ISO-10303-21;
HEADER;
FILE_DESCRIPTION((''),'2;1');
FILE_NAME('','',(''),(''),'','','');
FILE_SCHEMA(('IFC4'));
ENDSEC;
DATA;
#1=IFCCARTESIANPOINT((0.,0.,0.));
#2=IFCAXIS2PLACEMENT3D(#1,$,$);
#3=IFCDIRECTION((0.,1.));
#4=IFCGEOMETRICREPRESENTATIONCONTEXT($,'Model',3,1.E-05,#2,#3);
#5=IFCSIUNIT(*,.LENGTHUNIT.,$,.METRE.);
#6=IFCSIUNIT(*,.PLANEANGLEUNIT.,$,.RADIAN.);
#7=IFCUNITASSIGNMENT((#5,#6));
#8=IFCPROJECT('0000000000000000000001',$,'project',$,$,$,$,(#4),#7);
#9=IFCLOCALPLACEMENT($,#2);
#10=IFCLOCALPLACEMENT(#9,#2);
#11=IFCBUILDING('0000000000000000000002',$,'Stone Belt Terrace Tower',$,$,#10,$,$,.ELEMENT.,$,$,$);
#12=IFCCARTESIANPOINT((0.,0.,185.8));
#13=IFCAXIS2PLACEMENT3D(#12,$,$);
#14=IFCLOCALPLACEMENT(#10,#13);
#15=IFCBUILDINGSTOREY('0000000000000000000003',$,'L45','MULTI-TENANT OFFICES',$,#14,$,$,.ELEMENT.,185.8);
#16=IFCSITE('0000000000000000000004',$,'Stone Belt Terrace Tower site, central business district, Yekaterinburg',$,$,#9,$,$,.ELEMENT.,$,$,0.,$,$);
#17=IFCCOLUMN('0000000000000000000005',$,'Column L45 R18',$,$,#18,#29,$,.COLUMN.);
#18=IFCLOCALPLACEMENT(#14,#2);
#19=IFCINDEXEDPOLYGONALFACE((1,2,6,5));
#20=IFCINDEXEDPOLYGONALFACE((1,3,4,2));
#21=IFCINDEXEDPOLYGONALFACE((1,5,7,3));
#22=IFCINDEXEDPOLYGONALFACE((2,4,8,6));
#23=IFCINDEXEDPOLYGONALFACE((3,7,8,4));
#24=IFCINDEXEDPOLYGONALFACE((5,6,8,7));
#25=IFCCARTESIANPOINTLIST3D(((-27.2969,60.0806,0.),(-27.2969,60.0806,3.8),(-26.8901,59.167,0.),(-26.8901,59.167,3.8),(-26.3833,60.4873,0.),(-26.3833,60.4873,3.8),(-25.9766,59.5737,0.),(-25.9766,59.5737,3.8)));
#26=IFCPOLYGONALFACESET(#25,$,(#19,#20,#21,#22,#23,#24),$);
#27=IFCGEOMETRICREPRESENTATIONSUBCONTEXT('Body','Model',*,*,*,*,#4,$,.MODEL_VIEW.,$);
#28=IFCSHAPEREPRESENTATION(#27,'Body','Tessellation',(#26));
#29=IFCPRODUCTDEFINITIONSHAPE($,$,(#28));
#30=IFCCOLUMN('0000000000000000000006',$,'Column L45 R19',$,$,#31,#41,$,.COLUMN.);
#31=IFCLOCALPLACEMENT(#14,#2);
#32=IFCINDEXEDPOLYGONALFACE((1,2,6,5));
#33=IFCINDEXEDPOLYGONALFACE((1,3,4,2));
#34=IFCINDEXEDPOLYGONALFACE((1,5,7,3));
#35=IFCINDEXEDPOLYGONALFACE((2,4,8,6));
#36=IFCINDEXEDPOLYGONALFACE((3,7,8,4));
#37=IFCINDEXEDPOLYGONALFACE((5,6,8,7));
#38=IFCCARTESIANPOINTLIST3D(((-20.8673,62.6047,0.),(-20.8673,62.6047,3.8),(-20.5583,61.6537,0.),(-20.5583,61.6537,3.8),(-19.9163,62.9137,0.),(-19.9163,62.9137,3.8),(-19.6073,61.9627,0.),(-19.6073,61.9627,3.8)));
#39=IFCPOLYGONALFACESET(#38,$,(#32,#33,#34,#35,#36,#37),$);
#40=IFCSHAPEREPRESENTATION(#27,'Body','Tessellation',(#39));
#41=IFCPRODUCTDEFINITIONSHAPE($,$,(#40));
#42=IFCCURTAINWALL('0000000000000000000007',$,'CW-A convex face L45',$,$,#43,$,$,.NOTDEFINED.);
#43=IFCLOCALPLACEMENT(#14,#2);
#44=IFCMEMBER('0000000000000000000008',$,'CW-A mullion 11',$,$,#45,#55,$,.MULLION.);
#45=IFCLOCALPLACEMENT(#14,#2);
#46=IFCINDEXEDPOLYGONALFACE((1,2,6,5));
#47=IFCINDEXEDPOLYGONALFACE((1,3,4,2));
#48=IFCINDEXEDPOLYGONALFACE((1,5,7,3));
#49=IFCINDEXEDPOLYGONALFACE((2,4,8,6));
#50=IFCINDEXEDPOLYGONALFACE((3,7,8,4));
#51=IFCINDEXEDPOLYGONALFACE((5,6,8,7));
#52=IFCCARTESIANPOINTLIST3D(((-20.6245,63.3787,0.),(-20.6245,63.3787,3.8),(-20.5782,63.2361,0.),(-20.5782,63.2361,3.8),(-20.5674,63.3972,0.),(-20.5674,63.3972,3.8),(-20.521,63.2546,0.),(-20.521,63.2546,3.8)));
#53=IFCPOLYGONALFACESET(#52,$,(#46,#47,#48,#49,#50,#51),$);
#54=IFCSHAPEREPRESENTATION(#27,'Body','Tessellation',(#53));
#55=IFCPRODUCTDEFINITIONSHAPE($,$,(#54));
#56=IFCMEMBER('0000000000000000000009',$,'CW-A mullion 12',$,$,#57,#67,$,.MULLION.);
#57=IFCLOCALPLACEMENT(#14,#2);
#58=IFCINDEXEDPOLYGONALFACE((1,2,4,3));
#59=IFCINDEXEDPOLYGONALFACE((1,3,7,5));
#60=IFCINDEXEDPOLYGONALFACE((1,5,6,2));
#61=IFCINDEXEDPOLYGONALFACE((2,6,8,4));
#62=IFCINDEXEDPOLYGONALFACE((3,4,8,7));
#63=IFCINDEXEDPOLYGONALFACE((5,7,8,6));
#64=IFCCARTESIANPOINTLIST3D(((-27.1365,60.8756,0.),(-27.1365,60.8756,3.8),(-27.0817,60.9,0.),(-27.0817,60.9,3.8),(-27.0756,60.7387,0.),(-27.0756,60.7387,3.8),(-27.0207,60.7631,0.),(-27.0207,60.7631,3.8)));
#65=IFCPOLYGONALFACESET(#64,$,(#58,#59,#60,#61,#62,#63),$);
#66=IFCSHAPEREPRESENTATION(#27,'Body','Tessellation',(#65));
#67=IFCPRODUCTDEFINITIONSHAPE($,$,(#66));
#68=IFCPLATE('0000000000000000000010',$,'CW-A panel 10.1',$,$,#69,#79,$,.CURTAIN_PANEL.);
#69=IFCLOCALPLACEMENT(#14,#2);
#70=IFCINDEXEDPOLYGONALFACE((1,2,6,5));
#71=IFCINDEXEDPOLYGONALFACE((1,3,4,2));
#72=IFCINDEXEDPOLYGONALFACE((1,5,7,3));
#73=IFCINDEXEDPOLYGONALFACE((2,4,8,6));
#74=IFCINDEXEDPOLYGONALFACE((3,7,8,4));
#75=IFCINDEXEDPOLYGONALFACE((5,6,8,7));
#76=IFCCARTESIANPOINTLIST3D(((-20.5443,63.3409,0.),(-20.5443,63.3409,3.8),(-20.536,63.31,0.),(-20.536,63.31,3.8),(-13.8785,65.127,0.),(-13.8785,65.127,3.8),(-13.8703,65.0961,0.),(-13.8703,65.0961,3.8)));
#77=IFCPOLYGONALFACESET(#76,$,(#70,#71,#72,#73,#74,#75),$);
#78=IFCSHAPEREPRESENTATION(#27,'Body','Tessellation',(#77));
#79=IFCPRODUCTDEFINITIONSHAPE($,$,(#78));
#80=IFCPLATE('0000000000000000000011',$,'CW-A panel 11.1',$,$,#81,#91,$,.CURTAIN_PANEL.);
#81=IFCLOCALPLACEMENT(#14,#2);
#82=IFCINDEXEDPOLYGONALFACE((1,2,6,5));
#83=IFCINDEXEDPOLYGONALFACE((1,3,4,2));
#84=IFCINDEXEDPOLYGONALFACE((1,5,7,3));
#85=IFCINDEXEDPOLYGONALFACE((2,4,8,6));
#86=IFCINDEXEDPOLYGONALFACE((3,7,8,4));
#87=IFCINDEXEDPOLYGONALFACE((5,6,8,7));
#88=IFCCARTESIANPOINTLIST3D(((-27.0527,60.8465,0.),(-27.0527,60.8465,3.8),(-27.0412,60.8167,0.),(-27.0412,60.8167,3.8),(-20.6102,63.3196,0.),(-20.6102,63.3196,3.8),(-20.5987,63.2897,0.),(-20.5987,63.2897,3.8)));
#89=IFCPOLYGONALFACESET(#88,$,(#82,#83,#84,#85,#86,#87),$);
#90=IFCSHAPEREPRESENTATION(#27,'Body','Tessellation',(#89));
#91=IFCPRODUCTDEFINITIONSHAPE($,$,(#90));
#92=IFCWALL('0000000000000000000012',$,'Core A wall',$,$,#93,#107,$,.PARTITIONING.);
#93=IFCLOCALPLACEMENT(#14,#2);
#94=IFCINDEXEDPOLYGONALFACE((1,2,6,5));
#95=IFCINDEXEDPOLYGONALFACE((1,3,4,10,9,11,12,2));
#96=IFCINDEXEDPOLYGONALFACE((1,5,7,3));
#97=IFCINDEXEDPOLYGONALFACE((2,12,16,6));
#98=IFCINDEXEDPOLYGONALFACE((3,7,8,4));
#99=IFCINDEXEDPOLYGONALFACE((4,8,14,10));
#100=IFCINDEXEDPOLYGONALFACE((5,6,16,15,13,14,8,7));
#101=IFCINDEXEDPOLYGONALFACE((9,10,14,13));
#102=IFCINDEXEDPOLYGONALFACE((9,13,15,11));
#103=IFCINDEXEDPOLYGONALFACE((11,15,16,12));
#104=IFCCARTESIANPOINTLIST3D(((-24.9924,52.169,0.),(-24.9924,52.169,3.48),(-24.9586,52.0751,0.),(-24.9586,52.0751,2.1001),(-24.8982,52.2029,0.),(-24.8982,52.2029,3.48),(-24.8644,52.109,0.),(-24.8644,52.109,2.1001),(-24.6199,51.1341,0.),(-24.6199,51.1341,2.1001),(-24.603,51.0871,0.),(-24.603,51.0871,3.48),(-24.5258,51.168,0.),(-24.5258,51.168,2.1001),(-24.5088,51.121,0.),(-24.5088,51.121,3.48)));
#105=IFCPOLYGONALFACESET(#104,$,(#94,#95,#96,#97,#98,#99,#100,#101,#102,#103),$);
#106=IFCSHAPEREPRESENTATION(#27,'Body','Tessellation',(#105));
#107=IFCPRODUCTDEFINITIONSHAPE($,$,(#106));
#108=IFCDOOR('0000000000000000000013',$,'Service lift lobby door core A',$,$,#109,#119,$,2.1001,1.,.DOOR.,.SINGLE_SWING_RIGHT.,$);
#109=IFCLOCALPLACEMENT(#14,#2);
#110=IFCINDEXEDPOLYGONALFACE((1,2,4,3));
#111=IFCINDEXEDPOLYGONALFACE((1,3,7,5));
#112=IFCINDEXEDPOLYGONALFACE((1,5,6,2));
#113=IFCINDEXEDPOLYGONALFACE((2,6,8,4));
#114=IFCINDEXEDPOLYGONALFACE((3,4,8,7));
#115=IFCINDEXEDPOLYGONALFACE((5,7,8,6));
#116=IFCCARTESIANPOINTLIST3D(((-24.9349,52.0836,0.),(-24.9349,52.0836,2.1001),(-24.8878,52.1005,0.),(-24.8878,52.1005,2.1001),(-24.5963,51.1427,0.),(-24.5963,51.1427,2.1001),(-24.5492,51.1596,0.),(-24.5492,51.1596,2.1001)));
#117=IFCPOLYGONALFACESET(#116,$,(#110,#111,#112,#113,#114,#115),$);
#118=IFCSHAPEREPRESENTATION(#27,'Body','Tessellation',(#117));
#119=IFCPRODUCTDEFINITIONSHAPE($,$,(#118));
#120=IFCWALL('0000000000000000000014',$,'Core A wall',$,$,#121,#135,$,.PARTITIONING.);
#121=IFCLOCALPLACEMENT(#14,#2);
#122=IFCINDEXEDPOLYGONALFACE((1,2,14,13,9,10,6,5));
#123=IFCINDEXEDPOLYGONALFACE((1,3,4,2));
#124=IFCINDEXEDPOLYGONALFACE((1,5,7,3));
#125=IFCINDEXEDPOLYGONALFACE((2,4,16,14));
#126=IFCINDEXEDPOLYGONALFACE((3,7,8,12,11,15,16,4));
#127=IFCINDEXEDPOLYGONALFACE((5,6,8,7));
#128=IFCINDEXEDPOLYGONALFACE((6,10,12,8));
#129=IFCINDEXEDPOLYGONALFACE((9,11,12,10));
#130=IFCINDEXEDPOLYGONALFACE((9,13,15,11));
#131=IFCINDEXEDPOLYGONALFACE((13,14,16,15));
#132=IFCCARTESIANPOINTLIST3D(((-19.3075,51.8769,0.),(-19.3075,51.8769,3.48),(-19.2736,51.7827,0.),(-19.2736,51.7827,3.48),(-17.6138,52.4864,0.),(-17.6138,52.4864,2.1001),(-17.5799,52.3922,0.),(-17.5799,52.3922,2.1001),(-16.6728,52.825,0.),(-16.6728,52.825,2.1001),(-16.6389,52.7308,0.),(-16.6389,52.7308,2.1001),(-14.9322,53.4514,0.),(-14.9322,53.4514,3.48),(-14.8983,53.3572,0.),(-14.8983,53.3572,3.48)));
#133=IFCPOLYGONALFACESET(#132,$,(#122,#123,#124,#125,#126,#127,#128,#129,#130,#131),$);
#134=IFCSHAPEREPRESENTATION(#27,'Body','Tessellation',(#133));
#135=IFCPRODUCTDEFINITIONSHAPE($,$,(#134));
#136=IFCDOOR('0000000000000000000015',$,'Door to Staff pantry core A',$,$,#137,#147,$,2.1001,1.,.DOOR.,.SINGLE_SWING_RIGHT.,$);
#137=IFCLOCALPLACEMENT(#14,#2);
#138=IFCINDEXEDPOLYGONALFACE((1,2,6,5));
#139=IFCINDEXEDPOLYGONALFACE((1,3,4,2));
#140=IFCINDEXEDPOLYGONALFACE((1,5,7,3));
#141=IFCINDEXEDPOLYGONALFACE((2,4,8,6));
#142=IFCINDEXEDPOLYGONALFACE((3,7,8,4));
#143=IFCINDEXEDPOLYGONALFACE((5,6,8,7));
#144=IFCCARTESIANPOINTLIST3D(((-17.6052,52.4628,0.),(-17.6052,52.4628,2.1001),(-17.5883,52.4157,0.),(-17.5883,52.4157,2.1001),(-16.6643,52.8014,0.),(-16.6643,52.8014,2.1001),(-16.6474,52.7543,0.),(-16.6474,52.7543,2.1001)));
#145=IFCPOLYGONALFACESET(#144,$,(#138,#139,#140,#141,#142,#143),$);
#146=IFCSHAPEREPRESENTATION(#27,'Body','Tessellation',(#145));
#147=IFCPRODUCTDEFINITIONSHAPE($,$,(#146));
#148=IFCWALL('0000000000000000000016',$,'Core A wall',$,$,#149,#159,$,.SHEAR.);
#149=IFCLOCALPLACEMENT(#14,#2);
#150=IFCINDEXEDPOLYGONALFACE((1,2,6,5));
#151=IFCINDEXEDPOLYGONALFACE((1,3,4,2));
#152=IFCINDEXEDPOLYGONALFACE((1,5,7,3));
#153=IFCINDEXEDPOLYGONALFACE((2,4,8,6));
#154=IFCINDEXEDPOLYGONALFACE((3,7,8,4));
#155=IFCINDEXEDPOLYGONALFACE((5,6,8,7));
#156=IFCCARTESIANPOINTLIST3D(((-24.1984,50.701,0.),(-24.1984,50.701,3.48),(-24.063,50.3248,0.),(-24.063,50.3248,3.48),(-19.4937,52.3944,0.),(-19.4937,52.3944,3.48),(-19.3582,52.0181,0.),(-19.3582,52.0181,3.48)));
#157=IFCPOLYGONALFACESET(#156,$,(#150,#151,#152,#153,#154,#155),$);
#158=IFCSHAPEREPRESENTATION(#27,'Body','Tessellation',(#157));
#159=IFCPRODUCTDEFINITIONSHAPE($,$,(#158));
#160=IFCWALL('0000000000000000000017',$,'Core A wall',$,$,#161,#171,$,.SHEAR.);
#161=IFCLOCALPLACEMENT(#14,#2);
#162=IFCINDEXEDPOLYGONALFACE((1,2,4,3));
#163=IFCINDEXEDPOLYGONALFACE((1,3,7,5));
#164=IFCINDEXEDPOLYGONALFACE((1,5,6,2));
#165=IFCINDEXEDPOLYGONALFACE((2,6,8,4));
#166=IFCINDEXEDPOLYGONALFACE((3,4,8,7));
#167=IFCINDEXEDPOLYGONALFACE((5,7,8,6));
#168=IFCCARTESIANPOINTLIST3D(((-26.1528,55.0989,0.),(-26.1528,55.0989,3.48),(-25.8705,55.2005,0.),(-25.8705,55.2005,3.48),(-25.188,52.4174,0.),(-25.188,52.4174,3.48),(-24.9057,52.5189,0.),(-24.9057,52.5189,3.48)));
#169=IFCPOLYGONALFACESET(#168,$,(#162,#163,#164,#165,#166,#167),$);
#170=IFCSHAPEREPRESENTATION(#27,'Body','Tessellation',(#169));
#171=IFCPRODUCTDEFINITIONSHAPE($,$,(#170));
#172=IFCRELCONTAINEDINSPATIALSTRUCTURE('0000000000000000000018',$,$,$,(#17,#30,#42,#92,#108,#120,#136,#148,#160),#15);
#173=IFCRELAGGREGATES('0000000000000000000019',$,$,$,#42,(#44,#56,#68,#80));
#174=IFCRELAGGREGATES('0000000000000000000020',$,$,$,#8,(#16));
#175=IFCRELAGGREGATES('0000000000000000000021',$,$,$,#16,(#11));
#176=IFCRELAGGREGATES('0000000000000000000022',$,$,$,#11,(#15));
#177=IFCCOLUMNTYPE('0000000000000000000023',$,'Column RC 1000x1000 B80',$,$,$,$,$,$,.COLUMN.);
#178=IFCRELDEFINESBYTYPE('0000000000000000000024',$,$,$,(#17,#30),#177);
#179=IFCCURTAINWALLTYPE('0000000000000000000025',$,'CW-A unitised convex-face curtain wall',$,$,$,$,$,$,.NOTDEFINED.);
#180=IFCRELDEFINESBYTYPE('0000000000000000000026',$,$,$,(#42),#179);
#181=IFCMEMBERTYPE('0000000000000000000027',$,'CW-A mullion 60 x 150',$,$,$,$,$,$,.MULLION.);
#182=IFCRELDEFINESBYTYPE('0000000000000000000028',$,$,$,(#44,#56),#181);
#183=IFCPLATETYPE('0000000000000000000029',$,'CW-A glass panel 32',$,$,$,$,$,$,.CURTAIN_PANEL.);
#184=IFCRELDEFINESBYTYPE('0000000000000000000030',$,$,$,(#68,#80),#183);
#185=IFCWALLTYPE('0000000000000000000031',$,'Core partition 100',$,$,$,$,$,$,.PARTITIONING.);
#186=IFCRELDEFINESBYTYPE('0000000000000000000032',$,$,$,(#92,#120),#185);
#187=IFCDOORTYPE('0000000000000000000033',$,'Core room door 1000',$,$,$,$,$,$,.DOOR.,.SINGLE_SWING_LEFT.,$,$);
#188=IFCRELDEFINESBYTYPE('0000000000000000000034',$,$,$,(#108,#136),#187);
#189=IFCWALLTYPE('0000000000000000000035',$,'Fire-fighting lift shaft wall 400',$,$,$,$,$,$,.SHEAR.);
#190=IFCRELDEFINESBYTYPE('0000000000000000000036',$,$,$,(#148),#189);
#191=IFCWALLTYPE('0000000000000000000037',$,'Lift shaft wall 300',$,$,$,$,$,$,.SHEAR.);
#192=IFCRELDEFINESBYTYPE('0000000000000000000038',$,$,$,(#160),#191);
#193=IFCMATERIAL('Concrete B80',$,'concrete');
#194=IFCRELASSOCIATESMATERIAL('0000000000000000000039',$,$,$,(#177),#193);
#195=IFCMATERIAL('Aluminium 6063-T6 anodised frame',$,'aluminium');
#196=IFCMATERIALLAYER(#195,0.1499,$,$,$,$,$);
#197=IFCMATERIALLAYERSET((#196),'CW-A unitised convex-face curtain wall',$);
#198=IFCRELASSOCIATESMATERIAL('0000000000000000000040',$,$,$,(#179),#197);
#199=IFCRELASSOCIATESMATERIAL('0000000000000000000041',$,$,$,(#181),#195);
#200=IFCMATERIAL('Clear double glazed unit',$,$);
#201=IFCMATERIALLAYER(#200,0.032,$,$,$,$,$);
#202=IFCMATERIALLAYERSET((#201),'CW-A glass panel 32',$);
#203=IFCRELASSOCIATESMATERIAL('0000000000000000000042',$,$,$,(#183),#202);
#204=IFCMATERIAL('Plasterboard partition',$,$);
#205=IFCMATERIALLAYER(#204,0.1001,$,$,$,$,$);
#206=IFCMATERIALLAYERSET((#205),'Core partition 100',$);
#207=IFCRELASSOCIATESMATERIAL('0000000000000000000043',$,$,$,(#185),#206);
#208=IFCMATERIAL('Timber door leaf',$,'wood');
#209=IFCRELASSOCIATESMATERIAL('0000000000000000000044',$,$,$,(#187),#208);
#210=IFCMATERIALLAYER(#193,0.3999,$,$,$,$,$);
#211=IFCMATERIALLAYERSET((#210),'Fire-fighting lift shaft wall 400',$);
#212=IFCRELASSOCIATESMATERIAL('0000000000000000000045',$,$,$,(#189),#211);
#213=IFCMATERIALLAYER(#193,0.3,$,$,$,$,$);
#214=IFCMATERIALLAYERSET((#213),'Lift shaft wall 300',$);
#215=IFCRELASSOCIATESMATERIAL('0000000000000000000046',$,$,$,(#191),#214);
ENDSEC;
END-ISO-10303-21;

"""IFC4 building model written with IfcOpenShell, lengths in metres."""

from ifc_helpers import new_model, si_unit, direction, frame, frame_2d, origin, origin_2d, place, context, subcontext, project, spatial, rectangle, extrude, material, layer, layer_set, material_profile, profile_set, type_object, element, fill, aggregate, save


model = new_model("IFC4")

# Units and contexts
model_context = context("Model", 3, precision=1e-05, world=origin(), true_north=direction((0.0, 1.0)))
body_context = subcontext(model_context, "Body", "Model", "MODEL_VIEW")
ifc_project = project(units=[si_unit("LENGTHUNIT", "METRE"), si_unit("PLANEANGLEUNIT", "RADIAN")], contexts=[model_context])

# Site, building, storey
site_placement = place(None, origin())
site = spatial("IfcSite", under=ifc_project, at=site_placement, Name="Stone Belt Terrace Tower site, central business district, Yekaterinburg", CompositionType="ELEMENT", RefElevation=0.0)
building_placement = place(site_placement, origin())
building = spatial("IfcBuilding", under=site, at=building_placement, Name="Stone Belt Terrace Tower", CompositionType="ELEMENT")
storey_placement = place(building_placement, frame((0.0, 0.0, 185.8)))
storey = spatial("IfcBuildingStorey", under=building, at=storey_placement, Name="L45", Description="MULTI-TENANT OFFICES", CompositionType="ELEMENT", Elevation=185.8)

# Columns
ifc_material_1 = material(Name="Concrete B80", Category="concrete")
ifc_material_profile_1 = material_profile(ifc_material_1, rectangle(XDim=1.0, YDim=1.0, at=origin_2d()), Name="RC 1000x1000")
ifc_profile_set_1 = profile_set([ifc_material_profile_1], Name="Concrete B80")
column_type = type_object("IfcColumnType", Name="Column RC 1000x1000 B80", PredefinedType="COLUMN", material=ifc_profile_set_1)
for number, where, z_axis, x_axis, name in (
    (1, (-26.6367, 59.8271, 0.0), (0.0, 0.0, 1.0), (0.913545, 0.406737, 0.0), "Column L45 R18"),
    (2, (-20.2373, 62.2837, 0.0), (0.0, 0.0, 1.0), (0.951057, 0.309017, 0.0), "Column L45 R19"),
):
    element("IfcColumn", number, at=place(storey_placement, frame(where, z_axis=z_axis, x_axis=x_axis)), inside=storey, type_object=column_type, Name=name, PredefinedType="COLUMN", context=body_context, shape_type="SweptSolid", body=[
        extrude(rectangle(XDim=1.0, YDim=1.0, at=origin_2d()), origin(), (0.0, 0.0, 1.0), 3.8),
    ])

# Curtain wall, members, plates
ifc_material_2 = material(Name="Aluminium 6063-T6 anodised frame", Category="aluminium")
ifc_layer_1 = layer(ifc_material_2, 0.1499)
ifc_layer_set_1 = layer_set([ifc_layer_1], Name="CW-A unitised convex-face curtain wall")
curtain_wall_type = type_object("IfcCurtainWallType", Name="CW-A unitised convex-face curtain wall", PredefinedType="NOTDEFINED", material=ifc_layer_set_1)
curtain_wall_placement = place(storey_placement, origin())
curtain_wall = element("IfcCurtainWall", 3, at=curtain_wall_placement, inside=storey, type_object=curtain_wall_type, Name="CW-A convex face L45", PredefinedType="NOTDEFINED")
ifc_material_profile_2 = material_profile(ifc_material_2, rectangle(XDim=0.1499, YDim=0.0601, at=origin_2d()), Name="Aluminium 6063-T6 60x150")
ifc_profile_set_2 = profile_set([ifc_material_profile_2], Name="Aluminium 6063-T6 anodised frame")
member_type = type_object("IfcMemberType", Name="CW-A mullion 60 x 150", PredefinedType="MULLION", material=ifc_profile_set_2)
member_1_placement = place(storey_placement, frame((-20.5728, 63.3167, 0.0), z_axis=(0.0, 0.0, 1.0), x_axis=(0.309017, -0.951057, 0.0)))
member_1 = element("IfcMember", 4, at=member_1_placement, type_object=member_type, Name="CW-A mullion 11", PredefinedType="MULLION", context=body_context, shape_type="SweptSolid", body=[
    extrude(rectangle(XDim=0.1499, YDim=0.0601, at=origin_2d()), origin(), (0.0, 0.0, 1.0), 3.8),
])
member_2_placement = place(storey_placement, frame((-27.0786, 60.8193, 0.0), z_axis=(0.0, 0.0, 1.0), x_axis=(0.406737, -0.913545, 0.0)))
member_2 = element("IfcMember", 5, at=member_2_placement, type_object=member_type, Name="CW-A mullion 12", PredefinedType="MULLION", context=body_context, shape_type="SweptSolid", body=[
    extrude(rectangle(XDim=0.1499, YDim=0.0601, at=origin_2d()), origin(), (0.0, 0.0, 1.0), 3.8),
])
ifc_material_3 = material(Name="Clear double glazed unit")
ifc_layer_2 = layer(ifc_material_3, 0.032)
ifc_layer_set_2 = layer_set([ifc_layer_2], Name="CW-A glass panel 32")
plate_type = type_object("IfcPlateType", Name="CW-A glass panel 32", PredefinedType="CURTAIN_PANEL", material=ifc_layer_set_2)
plate_1_placement = place(storey_placement, frame((-17.2073, 64.2185, 0.0), z_axis=(0.0, 0.0, 1.0), x_axis=(-0.965926, -0.258819, 0.0)))
plate_1 = element("IfcPlate", 6, at=plate_1_placement, type_object=plate_type, Name="CW-A panel 10.1", PredefinedType="CURTAIN_PANEL", context=body_context, shape_type="SweptSolid", body=[
    extrude(rectangle(XDim=6.9009, YDim=0.032, at=origin_2d()), origin(), (0.0, 0.0, 1.0), 3.8),
])
plate_2_placement = place(storey_placement, frame((-23.8257, 62.0681, 0.0), z_axis=(0.0, 0.0, 1.0), x_axis=(-0.93358, -0.358368, 0.0)))
plate_2 = element("IfcPlate", 7, at=plate_2_placement, type_object=plate_type, Name="CW-A panel 11.1", PredefinedType="CURTAIN_PANEL", context=body_context, shape_type="SweptSolid", body=[
    extrude(rectangle(XDim=6.9009, YDim=0.032, at=origin_2d()), origin(), (0.0, 0.0, 1.0), 3.8),
])
aggregate(curtain_wall, [member_1, member_2, plate_1, plate_2])

# Walls, openings, doors
ifc_material_4 = material(Name="Plasterboard partition")
ifc_layer_3 = layer(ifc_material_4, 0.1001)
ifc_layer_set_3 = layer_set([ifc_layer_3], Name="Core partition 100")
wall_type_1 = type_object("IfcWallType", Name="Core partition 100", PredefinedType="PARTITIONING", material=ifc_layer_set_3)
wall_1_placement = place(storey_placement, frame((-24.5559, 51.104, 0.0), z_axis=(0.0, 0.0, 1.0), x_axis=(-0.338622, 0.940923, 0.0)))
wall_1 = element("IfcWall", 8, at=wall_1_placement, inside=storey, type_object=wall_type_1, Name="Core A wall", PredefinedType="PARTITIONING", context=body_context, shape_type="SweptSolid", body=[
    extrude(rectangle(XDim=1.1499, YDim=0.1001, at=frame_2d((0.575, 0.0))), origin(), (0.0, 0.0, 1.0), 3.48),
])
opening_1_placement = place(wall_1_placement, frame((0.05, 0.0, 0.0)))
opening_1 = element("IfcOpeningElement", 9, at=opening_1_placement, cuts=wall_1, PredefinedType="OPENING", context=body_context, shape_type="SweptSolid", body=[
    extrude(rectangle(XDim=1.0, YDim=2.1001, at=frame_2d((0.5, 1.05))), frame((0.0, 0.0601, 0.0), z_axis=(0.0, -1.0, 0.0), x_axis=(1.0, 0.0, 0.0)), (0.0, 0.0, 1.0), 0.1201),
])
ifc_material_5 = material(Name="Timber door leaf", Category="wood")
door_type_1 = type_object("IfcDoorType", Name="Core room door 1000", OperationType="SINGLE_SWING_LEFT", PredefinedType="DOOR", material=ifc_material_5)
door_1_placement = place(opening_1_placement, origin())
door_1 = element("IfcDoor", 10, at=door_1_placement, inside=storey, type_object=door_type_1, Name="Service lift lobby door core A", OperationType="SINGLE_SWING_RIGHT", OverallHeight=2.1001, OverallWidth=1.0, PredefinedType="DOOR", context=body_context, shape_type="SweptSolid", body=[
    extrude(rectangle(XDim=1.0, YDim=2.1001, at=frame_2d((0.5, 1.05))), frame((0.0, 0.0249, 0.0), z_axis=(0.0, -1.0, 0.0), x_axis=(1.0, 0.0, 0.0)), (0.0, 0.0, 1.0), 0.05),
])
fill(opening_1, door_1)
wall_2_placement = place(storey_placement, frame((-19.2905, 51.8298, 0.0), z_axis=(0.0, 0.0, 1.0), x_axis=(0.94093, 0.3386, 0.0)))
wall_2 = element("IfcWall", 11, at=wall_2_placement, inside=storey, type_object=wall_type_1, Name="Core A wall", PredefinedType="PARTITIONING", context=body_context, shape_type="SweptSolid", body=[
    extrude(rectangle(XDim=4.6499, YDim=0.1001, at=frame_2d((2.325, 0.0))), origin(), (0.0, 0.0, 1.0), 3.48),
])
opening_2_placement = place(wall_2_placement, frame((1.8, 0.0, 0.0)))
opening_2 = element("IfcOpeningElement", 12, at=opening_2_placement, cuts=wall_2, PredefinedType="OPENING", context=body_context, shape_type="SweptSolid", body=[
    extrude(rectangle(XDim=1.0, YDim=2.1001, at=frame_2d((0.5, 1.05))), frame((0.0, 0.0601, 0.0), z_axis=(0.0, -1.0, 0.0), x_axis=(1.0, 0.0, 0.0)), (0.0, 0.0, 1.0), 0.1201),
])
door_2_placement = place(opening_2_placement, origin())
door_2 = element("IfcDoor", 13, at=door_2_placement, inside=storey, type_object=door_type_1, Name="Door to Staff pantry core A", OperationType="SINGLE_SWING_RIGHT", OverallHeight=2.1001, OverallWidth=1.0, PredefinedType="DOOR", context=body_context, shape_type="SweptSolid", body=[
    extrude(rectangle(XDim=1.0, YDim=2.1001, at=frame_2d((0.5, 1.05))), frame((0.0, 0.0249, 0.0), z_axis=(0.0, -1.0, 0.0), x_axis=(1.0, 0.0, 0.0)), (0.0, 0.0, 1.0), 0.05),
])
fill(opening_2, door_2)

# Walls
ifc_layer_4 = layer(ifc_material_1, 0.3999)
ifc_layer_set_4 = layer_set([ifc_layer_4], Name="Fire-fighting lift shaft wall 400")
wall_type_2 = type_object("IfcWallType", Name="Fire-fighting lift shaft wall 400", PredefinedType="SHEAR", material=ifc_layer_set_4)
wall_3_placement = place(storey_placement, frame((-24.1306, 50.5129, 0.0), z_axis=(0.0, 0.0, 1.0), x_axis=(0.940912, 0.338652, 0.0)))
element("IfcWall", 14, at=wall_3_placement, inside=storey, type_object=wall_type_2, Name="Core A wall", PredefinedType="SHEAR", context=body_context, shape_type="SweptSolid", body=[
    extrude(rectangle(XDim=5.0002, YDim=0.3999, at=frame_2d((2.5, 0.0))), origin(), (0.0, 0.0, 1.0), 3.48),
])
ifc_layer_5 = layer(ifc_material_1, 0.3)
ifc_layer_set_5 = layer_set([ifc_layer_5], Name="Lift shaft wall 300")
wall_type_3 = type_object("IfcWallType", Name="Lift shaft wall 300", PredefinedType="SHEAR", material=ifc_layer_set_5)
wall_4_placement = place(storey_placement, frame((-25.0469, 52.4683, 0.0), z_axis=(0.0, 0.0, 1.0), x_axis=(-0.33855, 0.940949, 0.0)))
element("IfcWall", 15, at=wall_4_placement, inside=storey, type_object=wall_type_3, Name="Core A wall", PredefinedType="SHEAR", context=body_context, shape_type="SweptSolid", body=[
    extrude(rectangle(XDim=2.8499, YDim=0.3, at=frame_2d((1.4248, 0.0))), origin(), (0.0, 0.0, 1.0), 3.48),
])

save(model, "model.ifc")
